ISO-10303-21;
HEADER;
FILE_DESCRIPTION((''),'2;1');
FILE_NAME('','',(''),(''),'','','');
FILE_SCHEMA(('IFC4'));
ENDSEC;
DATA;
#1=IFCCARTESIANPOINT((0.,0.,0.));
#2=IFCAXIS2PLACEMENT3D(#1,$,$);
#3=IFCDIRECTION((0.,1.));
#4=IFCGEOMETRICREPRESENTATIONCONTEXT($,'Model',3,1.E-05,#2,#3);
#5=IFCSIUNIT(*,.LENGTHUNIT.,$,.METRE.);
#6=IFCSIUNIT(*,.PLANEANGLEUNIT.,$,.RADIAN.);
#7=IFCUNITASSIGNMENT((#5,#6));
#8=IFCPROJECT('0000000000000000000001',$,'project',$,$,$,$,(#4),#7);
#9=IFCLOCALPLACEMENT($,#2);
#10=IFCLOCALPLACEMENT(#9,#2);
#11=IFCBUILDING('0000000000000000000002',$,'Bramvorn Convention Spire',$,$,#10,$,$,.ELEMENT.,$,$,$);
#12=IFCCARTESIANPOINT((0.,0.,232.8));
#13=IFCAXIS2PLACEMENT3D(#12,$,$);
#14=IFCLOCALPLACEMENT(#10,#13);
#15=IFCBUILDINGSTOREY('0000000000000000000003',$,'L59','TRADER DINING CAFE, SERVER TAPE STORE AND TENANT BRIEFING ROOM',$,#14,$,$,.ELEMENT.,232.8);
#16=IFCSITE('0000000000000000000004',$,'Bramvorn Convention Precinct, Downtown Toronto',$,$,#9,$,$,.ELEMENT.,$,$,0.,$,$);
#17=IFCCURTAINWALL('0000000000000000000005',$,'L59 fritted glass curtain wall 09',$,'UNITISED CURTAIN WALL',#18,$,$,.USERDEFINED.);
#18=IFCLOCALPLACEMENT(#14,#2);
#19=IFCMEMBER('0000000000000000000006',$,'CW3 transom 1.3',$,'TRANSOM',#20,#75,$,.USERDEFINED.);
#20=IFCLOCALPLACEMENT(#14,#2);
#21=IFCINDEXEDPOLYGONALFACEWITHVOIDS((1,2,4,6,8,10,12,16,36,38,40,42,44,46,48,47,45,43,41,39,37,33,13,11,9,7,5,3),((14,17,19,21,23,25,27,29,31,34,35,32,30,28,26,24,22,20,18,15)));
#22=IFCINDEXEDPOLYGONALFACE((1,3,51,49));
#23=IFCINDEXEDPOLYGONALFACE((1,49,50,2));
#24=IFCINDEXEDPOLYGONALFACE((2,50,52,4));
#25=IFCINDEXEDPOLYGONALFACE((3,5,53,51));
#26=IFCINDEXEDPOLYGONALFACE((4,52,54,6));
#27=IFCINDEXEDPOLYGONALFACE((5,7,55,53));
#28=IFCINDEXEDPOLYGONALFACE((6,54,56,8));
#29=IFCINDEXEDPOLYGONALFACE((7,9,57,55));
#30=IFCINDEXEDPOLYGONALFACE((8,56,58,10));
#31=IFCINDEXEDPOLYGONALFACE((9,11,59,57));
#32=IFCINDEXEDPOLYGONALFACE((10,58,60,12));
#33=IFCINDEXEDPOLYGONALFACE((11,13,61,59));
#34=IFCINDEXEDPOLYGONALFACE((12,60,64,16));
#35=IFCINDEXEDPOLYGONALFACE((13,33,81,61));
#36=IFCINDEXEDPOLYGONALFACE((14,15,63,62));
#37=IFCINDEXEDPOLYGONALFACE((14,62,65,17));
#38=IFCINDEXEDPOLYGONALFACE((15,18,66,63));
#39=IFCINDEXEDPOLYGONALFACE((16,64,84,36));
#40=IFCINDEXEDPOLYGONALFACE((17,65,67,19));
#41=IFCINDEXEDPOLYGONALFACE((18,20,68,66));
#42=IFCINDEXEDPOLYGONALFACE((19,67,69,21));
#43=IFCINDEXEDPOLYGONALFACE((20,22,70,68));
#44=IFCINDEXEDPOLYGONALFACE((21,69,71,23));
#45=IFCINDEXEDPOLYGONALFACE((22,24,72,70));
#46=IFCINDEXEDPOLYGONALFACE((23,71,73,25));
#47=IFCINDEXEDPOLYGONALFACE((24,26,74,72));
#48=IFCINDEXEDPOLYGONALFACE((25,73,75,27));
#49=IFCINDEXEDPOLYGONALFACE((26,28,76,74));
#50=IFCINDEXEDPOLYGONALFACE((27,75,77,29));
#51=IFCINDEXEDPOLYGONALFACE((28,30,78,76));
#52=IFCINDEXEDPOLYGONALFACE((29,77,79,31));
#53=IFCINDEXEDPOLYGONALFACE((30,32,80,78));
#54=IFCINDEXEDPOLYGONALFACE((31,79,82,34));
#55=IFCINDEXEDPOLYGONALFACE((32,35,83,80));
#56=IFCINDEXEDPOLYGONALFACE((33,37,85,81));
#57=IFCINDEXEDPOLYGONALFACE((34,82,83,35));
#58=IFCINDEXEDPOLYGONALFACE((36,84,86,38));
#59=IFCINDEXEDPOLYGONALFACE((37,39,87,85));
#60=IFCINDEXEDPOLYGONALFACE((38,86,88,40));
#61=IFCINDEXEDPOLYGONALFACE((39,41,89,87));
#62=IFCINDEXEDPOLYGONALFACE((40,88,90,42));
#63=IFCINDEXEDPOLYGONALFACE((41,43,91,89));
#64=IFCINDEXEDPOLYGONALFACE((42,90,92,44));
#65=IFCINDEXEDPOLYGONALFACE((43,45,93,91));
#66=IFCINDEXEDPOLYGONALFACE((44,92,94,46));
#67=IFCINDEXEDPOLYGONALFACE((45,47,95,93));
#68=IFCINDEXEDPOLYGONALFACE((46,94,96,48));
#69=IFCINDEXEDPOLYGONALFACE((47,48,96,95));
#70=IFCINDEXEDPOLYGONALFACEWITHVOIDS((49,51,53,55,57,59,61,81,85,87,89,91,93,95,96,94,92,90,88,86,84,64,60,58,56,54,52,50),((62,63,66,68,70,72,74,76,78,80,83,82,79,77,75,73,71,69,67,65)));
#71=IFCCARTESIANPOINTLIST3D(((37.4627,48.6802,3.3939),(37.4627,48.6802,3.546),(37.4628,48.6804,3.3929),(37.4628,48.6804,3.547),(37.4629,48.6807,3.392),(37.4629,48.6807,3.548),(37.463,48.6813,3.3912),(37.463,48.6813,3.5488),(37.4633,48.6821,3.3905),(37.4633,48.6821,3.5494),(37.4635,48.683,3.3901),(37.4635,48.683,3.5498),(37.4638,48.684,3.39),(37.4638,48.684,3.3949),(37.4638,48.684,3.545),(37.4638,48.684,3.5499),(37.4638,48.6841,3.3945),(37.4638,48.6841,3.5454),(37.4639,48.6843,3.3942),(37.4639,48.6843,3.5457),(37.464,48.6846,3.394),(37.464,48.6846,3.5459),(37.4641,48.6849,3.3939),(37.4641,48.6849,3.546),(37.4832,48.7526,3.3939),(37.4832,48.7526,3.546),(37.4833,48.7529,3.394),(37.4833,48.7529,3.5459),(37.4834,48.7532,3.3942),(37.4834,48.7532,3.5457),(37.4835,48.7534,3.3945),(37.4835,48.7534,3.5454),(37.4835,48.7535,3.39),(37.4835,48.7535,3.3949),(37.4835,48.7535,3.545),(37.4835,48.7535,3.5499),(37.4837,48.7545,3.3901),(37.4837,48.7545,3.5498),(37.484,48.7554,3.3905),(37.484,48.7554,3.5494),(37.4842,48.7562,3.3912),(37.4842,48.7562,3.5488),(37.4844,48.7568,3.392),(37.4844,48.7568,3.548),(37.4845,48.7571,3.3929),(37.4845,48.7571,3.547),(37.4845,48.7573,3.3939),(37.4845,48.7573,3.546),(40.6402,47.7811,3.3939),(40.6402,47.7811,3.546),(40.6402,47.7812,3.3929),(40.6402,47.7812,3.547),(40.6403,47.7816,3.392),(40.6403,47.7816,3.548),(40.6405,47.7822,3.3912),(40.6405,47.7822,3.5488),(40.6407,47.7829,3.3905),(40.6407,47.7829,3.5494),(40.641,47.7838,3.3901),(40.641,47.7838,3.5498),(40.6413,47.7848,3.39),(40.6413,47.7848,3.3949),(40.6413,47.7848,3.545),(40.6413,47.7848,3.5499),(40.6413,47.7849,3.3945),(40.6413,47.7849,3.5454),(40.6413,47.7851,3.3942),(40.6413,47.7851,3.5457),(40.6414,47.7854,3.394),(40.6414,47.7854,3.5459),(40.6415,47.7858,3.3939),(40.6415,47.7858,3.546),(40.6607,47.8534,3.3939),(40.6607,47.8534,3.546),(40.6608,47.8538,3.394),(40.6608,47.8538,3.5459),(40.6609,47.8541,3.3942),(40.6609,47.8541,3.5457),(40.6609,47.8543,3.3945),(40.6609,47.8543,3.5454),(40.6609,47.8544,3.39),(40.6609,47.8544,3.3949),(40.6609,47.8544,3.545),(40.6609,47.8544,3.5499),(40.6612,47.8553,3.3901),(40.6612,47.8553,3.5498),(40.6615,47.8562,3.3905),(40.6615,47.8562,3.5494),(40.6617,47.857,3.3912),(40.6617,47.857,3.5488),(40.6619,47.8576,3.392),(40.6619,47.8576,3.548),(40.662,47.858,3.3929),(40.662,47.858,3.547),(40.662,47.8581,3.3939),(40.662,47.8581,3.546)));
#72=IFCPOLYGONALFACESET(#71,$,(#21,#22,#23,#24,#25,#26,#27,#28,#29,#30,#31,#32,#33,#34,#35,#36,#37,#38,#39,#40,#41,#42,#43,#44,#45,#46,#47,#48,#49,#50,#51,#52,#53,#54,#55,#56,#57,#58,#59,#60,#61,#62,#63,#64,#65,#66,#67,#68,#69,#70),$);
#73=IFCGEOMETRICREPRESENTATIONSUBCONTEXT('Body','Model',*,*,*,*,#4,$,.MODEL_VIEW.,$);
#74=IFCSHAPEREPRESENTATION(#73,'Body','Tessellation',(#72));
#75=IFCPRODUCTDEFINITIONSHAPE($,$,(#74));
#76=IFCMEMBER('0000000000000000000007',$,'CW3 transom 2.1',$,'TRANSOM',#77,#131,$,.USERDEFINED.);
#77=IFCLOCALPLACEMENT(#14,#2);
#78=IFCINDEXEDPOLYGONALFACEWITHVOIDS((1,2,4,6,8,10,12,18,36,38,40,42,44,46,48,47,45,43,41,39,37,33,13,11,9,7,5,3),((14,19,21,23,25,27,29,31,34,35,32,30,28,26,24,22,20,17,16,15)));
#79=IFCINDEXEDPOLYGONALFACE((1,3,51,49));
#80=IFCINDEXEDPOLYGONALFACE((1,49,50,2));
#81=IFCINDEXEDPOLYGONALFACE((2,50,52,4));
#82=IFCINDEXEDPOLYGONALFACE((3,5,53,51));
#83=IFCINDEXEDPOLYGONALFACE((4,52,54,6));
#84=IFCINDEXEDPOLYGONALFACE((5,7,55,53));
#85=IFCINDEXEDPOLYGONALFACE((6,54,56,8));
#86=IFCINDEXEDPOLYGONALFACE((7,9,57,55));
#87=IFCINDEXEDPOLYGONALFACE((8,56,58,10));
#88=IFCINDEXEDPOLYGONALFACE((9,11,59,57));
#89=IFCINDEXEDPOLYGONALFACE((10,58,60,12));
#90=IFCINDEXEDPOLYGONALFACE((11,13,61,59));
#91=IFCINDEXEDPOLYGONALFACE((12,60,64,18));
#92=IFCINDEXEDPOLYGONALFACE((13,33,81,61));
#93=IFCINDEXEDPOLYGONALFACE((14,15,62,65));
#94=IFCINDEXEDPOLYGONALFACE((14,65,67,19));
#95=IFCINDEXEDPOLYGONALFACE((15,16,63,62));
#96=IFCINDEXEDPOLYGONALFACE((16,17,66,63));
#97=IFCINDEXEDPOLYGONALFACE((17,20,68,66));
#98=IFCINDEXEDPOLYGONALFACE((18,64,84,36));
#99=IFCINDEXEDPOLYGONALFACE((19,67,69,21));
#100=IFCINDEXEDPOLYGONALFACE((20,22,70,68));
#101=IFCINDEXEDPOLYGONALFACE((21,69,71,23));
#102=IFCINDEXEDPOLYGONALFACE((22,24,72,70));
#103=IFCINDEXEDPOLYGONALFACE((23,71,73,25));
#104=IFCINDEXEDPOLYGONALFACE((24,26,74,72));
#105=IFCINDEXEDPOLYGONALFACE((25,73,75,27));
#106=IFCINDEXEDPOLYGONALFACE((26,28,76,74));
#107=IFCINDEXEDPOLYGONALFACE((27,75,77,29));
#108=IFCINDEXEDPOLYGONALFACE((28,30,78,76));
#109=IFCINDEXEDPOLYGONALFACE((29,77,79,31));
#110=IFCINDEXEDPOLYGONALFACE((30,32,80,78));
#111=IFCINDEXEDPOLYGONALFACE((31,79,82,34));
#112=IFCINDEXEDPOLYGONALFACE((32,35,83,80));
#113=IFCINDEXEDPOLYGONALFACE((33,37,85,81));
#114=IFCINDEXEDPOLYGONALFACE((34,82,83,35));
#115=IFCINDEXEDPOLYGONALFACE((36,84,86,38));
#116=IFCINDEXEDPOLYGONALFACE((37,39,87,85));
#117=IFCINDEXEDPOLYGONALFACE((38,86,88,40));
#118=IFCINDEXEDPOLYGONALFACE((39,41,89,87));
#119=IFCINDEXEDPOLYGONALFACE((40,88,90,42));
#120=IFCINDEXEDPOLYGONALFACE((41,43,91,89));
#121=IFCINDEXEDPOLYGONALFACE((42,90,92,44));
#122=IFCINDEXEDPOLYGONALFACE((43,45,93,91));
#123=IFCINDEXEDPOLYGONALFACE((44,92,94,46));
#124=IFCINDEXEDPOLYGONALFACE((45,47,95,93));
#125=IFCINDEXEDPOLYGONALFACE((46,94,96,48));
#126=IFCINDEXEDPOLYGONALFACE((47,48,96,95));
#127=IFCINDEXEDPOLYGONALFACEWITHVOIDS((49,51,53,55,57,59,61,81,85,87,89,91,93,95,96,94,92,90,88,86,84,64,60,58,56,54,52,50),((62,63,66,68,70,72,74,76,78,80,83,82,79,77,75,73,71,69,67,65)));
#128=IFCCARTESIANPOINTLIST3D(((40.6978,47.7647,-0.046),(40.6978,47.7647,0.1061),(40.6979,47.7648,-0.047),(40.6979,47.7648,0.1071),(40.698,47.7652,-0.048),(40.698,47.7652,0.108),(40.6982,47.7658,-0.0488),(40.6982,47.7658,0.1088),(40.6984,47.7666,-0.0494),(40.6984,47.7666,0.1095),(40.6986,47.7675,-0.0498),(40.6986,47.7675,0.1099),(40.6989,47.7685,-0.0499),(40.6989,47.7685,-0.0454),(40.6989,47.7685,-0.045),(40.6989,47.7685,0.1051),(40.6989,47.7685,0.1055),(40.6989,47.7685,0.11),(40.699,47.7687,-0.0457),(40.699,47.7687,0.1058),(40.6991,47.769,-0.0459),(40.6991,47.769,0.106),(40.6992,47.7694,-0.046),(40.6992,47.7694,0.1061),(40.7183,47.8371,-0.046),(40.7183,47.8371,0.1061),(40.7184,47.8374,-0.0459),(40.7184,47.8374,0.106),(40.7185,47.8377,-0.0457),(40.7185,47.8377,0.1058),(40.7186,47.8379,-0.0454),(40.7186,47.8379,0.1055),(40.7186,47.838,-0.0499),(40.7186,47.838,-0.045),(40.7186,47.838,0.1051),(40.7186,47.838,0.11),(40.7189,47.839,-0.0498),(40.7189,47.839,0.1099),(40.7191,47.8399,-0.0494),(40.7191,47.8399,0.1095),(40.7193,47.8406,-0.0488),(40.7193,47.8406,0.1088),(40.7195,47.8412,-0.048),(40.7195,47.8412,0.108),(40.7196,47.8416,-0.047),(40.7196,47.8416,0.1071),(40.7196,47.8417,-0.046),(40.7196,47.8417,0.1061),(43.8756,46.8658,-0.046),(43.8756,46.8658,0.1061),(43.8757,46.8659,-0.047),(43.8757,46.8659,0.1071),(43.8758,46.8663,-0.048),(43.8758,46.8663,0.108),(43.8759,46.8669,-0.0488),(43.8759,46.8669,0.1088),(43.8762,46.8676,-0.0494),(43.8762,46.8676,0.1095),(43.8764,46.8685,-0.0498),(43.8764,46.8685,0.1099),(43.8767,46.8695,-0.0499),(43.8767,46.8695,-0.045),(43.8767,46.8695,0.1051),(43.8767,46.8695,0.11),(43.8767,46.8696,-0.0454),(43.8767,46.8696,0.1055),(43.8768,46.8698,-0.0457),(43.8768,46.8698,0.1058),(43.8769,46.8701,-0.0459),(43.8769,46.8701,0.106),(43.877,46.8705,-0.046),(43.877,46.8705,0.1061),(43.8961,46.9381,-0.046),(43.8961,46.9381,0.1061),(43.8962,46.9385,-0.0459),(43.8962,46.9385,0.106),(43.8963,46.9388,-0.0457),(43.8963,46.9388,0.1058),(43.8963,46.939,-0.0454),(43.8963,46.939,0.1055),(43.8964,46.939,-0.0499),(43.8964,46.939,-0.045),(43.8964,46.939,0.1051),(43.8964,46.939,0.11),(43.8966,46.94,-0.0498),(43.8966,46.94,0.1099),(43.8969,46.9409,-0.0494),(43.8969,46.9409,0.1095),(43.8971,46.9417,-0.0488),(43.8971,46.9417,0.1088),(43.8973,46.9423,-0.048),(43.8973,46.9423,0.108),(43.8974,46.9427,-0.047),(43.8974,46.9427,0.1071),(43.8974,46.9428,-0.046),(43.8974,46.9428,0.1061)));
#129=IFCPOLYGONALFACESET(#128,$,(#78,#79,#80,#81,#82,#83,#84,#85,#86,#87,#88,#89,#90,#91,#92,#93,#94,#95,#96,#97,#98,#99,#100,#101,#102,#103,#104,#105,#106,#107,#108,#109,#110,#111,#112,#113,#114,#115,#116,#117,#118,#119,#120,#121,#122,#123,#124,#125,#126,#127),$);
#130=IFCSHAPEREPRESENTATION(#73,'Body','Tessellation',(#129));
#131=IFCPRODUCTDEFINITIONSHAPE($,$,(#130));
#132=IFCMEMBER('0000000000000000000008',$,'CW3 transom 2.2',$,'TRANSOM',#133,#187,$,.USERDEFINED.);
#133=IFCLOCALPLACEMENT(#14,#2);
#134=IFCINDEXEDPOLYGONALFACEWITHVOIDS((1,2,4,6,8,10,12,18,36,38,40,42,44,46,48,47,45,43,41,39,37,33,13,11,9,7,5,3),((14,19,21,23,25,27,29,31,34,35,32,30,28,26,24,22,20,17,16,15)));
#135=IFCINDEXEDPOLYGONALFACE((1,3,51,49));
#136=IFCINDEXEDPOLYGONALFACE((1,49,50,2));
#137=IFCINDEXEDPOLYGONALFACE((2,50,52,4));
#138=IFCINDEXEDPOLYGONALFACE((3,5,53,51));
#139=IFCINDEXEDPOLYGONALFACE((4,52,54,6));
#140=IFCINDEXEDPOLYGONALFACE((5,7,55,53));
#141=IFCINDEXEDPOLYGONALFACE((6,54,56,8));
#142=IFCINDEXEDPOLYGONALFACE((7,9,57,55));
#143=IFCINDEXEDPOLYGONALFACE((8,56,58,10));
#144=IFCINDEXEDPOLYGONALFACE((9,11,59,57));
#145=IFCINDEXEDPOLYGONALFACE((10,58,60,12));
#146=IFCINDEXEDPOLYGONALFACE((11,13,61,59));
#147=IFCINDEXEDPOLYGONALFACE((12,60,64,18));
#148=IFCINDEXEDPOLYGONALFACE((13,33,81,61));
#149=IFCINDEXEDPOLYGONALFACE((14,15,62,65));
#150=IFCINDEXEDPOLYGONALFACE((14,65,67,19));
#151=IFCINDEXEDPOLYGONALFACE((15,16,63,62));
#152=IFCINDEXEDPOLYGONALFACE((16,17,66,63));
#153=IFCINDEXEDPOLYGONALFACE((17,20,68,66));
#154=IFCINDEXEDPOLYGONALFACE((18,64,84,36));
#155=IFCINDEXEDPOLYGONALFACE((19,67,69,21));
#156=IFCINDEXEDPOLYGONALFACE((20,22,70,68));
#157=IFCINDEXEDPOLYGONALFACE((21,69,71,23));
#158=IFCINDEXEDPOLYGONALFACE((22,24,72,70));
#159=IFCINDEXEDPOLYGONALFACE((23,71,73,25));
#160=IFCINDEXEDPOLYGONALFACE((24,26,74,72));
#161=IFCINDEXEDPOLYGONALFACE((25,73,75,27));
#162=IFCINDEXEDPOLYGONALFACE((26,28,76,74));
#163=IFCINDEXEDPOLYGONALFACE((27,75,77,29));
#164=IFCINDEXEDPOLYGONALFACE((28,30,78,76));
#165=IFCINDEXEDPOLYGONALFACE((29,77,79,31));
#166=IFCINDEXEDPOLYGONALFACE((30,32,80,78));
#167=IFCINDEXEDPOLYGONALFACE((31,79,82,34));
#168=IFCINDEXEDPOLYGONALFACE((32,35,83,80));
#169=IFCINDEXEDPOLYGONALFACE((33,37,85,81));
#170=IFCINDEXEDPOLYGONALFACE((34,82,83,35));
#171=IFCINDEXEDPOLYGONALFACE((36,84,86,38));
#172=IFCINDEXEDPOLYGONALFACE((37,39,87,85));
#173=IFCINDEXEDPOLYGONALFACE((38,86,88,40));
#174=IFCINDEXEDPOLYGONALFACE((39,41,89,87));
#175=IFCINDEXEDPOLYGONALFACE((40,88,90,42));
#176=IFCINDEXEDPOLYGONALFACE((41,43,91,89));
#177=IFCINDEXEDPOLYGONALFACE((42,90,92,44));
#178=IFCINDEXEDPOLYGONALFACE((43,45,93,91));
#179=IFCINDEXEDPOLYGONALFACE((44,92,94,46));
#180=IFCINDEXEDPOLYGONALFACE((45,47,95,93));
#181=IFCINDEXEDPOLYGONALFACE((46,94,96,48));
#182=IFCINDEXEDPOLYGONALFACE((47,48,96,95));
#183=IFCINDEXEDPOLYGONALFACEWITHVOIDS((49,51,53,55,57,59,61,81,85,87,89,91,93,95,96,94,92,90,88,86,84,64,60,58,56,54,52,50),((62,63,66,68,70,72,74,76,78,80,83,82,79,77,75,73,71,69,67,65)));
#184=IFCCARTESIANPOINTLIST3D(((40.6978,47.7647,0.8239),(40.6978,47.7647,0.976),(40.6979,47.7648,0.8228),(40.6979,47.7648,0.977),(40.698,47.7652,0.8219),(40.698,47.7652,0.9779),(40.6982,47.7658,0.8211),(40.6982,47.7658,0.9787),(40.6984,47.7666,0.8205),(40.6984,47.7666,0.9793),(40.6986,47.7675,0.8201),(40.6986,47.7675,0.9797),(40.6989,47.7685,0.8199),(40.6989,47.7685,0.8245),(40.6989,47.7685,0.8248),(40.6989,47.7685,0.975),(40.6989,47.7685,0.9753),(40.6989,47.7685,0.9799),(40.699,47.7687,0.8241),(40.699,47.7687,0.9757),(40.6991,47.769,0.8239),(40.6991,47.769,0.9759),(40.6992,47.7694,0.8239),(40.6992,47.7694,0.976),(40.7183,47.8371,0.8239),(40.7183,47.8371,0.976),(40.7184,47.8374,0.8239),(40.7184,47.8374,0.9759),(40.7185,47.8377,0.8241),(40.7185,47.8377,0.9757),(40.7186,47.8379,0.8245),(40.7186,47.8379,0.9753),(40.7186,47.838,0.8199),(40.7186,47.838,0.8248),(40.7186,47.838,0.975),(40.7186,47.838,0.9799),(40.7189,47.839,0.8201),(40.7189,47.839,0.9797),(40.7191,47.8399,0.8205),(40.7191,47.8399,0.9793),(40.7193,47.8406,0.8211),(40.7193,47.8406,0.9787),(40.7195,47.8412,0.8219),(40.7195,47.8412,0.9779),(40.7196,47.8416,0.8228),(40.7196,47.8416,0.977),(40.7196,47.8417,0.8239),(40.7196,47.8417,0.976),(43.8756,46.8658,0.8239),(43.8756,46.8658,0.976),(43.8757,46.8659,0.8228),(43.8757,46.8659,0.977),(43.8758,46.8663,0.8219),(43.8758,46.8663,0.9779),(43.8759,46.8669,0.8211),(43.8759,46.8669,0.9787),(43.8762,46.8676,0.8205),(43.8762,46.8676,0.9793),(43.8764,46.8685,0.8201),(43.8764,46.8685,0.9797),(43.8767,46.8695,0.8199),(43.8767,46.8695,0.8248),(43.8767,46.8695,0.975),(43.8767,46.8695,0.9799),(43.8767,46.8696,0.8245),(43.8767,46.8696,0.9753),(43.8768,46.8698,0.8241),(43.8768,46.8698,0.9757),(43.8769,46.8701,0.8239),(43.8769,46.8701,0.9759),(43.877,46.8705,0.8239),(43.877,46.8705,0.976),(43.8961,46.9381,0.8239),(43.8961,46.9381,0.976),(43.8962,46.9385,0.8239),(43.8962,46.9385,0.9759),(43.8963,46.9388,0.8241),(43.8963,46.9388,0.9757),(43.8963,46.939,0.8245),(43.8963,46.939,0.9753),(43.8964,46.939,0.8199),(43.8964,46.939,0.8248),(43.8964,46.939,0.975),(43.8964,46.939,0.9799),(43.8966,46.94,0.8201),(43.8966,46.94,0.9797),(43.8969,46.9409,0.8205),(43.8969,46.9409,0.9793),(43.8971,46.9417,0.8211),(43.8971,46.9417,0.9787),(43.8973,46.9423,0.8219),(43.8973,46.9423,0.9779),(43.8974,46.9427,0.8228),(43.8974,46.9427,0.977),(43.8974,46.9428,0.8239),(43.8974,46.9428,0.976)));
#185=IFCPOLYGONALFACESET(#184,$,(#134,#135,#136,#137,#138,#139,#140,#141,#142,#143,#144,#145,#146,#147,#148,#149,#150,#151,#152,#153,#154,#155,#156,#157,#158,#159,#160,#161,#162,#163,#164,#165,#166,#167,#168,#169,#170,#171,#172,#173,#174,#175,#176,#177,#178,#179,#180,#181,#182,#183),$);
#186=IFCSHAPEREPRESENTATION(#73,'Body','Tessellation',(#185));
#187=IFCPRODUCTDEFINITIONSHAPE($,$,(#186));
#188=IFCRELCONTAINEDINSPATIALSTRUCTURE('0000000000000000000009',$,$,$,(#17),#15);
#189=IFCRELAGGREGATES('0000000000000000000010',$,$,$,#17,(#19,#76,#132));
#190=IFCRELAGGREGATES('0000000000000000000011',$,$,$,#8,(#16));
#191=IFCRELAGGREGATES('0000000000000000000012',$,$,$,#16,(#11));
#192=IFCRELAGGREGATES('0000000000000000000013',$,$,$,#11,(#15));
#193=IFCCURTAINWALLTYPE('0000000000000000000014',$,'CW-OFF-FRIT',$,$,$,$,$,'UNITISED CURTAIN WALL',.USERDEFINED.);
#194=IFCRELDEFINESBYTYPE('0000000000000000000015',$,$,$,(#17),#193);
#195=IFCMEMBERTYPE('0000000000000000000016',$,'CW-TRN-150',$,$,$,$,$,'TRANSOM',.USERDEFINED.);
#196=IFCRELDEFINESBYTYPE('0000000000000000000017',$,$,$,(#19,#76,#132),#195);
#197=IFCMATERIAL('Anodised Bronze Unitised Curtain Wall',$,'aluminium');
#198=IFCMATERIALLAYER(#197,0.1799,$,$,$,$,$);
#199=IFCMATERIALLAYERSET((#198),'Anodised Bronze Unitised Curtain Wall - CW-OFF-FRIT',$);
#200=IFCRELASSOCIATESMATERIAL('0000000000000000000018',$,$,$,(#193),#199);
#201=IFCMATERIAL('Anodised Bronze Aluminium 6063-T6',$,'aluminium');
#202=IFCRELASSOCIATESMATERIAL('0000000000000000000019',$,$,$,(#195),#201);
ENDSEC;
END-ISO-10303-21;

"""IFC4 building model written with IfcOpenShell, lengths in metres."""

from ifc_helpers import new_model, si_unit, direction, frame, origin, origin_2d, place, context, subcontext, project, spatial, hollow_rectangle, extrude, material, layer, layer_set, material_profile, profile_set, type_object, element, aggregate, save


model = new_model("IFC4")

# Units and contexts
model_context = context("Model", 3, precision=1e-05, world=origin(), true_north=direction((0.0, 1.0)))
body_context = subcontext(model_context, "Body", "Model", "MODEL_VIEW")
ifc_project = project(units=[si_unit("LENGTHUNIT", "METRE"), si_unit("PLANEANGLEUNIT", "RADIAN")], contexts=[model_context])

# Site, building, storey
site_placement = place(None, origin())
site = spatial("IfcSite", under=ifc_project, at=site_placement, Name="Bramvorn Convention Precinct, Downtown Toronto", CompositionType="ELEMENT", RefElevation=0.0)
building_placement = place(site_placement, origin())
building = spatial("IfcBuilding", under=site, at=building_placement, Name="Bramvorn Convention Spire", CompositionType="ELEMENT")
storey_placement = place(building_placement, frame((0.0, 0.0, 232.8)))
storey = spatial("IfcBuildingStorey", under=building, at=storey_placement, Name="L59", Description="TRADER DINING CAFE, SERVER TAPE STORE AND TENANT BRIEFING ROOM", CompositionType="ELEMENT", Elevation=232.8)

# Curtain wall
ifc_material_1 = material(Name="Anodised Bronze Unitised Curtain Wall", Category="aluminium")
ifc_layer_1 = layer(ifc_material_1, 0.1799)
ifc_layer_set_1 = layer_set([ifc_layer_1], Name="Anodised Bronze Unitised Curtain Wall - CW-OFF-FRIT")
curtain_wall_type = type_object("IfcCurtainWallType", Name="CW-OFF-FRIT", ElementType="UNITISED CURTAIN WALL", PredefinedType="USERDEFINED", material=ifc_layer_set_1)
curtain_wall_1_placement = place(storey_placement, origin())
curtain_wall_1 = element("IfcCurtainWall", 1, at=curtain_wall_1_placement, inside=storey, type_object=curtain_wall_type, Name="L59 fritted glass curtain wall 09", ObjectType="UNITISED CURTAIN WALL", PredefinedType="USERDEFINED")
ifc_material_2 = material(Name="Anodised Bronze Aluminium 6063-T6", Category="aluminium")

# Members
ifc_material_profile_1 = material_profile(ifc_material_2, hollow_rectangle(XDim=0.0801, YDim=0.1599, WallThickness=0.0039, InnerFilletRadius=0.001, OuterFilletRadius=0.0039, at=origin_2d()))
ifc_profile_set_1 = profile_set([ifc_material_profile_1], Name="Anodised Bronze Aluminium 6063-T6 - CWT80X160")
member_type_1 = type_object("IfcMemberType", Name="CW-TRN-150", ElementType="TRANSOM", PredefinedType="USERDEFINED", material=ifc_profile_set_1)
member_1_placement = place(storey_placement, frame((37.4736, 48.7188, 3.47), z_axis=(0.962216, -0.272289, 0.0), x_axis=(0.272289, 0.962216, 0.0)))
member_1 = element("IfcMember", 2, at=member_1_placement, type_object=member_type_1, Name="CW3 transom 1.3", ObjectType="TRANSOM", PredefinedType="USERDEFINED", context=body_context, shape_type="SweptSolid", body=[
    extrude(hollow_rectangle(XDim=0.0801, YDim=0.1599, WallThickness=0.0039, InnerFilletRadius=0.001, OuterFilletRadius=0.0039, at=origin_2d()), origin(), (0.0, 0.0, 1.0), 3.3022),
])
member_2_placement = place(storey_placement, frame((40.7087, 47.8032, 0.03), z_axis=(0.96224, -0.272201, 0.0), x_axis=(0.272201, 0.96224, 0.0)))
member_2 = element("IfcMember", 3, at=member_2_placement, type_object=member_type_1, Name="CW3 transom 2.1", ObjectType="TRANSOM", PredefinedType="USERDEFINED", context=body_context, shape_type="SweptSolid", body=[
    extrude(hollow_rectangle(XDim=0.0801, YDim=0.1599, WallThickness=0.0039, InnerFilletRadius=0.001, OuterFilletRadius=0.0039, at=origin_2d()), origin(), (0.0, 0.0, 1.0), 3.3025),
])
member_3_placement = place(storey_placement, frame((40.7087, 47.8032, 0.8999), z_axis=(0.96224, -0.272201, 0.0), x_axis=(0.272201, 0.96224, 0.0)))
member_3 = element("IfcMember", 4, at=member_3_placement, type_object=member_type_1, Name="CW3 transom 2.2", ObjectType="TRANSOM", PredefinedType="USERDEFINED", context=body_context, shape_type="SweptSolid", body=[
    extrude(hollow_rectangle(XDim=0.0801, YDim=0.1599, WallThickness=0.0039, InnerFilletRadius=0.001, OuterFilletRadius=0.0039, at=origin_2d()), origin(), (0.0, 0.0, 1.0), 3.3025),
])

aggregate(curtain_wall_1, [member_1, member_2, member_3])

save(model, "model.ifc")
